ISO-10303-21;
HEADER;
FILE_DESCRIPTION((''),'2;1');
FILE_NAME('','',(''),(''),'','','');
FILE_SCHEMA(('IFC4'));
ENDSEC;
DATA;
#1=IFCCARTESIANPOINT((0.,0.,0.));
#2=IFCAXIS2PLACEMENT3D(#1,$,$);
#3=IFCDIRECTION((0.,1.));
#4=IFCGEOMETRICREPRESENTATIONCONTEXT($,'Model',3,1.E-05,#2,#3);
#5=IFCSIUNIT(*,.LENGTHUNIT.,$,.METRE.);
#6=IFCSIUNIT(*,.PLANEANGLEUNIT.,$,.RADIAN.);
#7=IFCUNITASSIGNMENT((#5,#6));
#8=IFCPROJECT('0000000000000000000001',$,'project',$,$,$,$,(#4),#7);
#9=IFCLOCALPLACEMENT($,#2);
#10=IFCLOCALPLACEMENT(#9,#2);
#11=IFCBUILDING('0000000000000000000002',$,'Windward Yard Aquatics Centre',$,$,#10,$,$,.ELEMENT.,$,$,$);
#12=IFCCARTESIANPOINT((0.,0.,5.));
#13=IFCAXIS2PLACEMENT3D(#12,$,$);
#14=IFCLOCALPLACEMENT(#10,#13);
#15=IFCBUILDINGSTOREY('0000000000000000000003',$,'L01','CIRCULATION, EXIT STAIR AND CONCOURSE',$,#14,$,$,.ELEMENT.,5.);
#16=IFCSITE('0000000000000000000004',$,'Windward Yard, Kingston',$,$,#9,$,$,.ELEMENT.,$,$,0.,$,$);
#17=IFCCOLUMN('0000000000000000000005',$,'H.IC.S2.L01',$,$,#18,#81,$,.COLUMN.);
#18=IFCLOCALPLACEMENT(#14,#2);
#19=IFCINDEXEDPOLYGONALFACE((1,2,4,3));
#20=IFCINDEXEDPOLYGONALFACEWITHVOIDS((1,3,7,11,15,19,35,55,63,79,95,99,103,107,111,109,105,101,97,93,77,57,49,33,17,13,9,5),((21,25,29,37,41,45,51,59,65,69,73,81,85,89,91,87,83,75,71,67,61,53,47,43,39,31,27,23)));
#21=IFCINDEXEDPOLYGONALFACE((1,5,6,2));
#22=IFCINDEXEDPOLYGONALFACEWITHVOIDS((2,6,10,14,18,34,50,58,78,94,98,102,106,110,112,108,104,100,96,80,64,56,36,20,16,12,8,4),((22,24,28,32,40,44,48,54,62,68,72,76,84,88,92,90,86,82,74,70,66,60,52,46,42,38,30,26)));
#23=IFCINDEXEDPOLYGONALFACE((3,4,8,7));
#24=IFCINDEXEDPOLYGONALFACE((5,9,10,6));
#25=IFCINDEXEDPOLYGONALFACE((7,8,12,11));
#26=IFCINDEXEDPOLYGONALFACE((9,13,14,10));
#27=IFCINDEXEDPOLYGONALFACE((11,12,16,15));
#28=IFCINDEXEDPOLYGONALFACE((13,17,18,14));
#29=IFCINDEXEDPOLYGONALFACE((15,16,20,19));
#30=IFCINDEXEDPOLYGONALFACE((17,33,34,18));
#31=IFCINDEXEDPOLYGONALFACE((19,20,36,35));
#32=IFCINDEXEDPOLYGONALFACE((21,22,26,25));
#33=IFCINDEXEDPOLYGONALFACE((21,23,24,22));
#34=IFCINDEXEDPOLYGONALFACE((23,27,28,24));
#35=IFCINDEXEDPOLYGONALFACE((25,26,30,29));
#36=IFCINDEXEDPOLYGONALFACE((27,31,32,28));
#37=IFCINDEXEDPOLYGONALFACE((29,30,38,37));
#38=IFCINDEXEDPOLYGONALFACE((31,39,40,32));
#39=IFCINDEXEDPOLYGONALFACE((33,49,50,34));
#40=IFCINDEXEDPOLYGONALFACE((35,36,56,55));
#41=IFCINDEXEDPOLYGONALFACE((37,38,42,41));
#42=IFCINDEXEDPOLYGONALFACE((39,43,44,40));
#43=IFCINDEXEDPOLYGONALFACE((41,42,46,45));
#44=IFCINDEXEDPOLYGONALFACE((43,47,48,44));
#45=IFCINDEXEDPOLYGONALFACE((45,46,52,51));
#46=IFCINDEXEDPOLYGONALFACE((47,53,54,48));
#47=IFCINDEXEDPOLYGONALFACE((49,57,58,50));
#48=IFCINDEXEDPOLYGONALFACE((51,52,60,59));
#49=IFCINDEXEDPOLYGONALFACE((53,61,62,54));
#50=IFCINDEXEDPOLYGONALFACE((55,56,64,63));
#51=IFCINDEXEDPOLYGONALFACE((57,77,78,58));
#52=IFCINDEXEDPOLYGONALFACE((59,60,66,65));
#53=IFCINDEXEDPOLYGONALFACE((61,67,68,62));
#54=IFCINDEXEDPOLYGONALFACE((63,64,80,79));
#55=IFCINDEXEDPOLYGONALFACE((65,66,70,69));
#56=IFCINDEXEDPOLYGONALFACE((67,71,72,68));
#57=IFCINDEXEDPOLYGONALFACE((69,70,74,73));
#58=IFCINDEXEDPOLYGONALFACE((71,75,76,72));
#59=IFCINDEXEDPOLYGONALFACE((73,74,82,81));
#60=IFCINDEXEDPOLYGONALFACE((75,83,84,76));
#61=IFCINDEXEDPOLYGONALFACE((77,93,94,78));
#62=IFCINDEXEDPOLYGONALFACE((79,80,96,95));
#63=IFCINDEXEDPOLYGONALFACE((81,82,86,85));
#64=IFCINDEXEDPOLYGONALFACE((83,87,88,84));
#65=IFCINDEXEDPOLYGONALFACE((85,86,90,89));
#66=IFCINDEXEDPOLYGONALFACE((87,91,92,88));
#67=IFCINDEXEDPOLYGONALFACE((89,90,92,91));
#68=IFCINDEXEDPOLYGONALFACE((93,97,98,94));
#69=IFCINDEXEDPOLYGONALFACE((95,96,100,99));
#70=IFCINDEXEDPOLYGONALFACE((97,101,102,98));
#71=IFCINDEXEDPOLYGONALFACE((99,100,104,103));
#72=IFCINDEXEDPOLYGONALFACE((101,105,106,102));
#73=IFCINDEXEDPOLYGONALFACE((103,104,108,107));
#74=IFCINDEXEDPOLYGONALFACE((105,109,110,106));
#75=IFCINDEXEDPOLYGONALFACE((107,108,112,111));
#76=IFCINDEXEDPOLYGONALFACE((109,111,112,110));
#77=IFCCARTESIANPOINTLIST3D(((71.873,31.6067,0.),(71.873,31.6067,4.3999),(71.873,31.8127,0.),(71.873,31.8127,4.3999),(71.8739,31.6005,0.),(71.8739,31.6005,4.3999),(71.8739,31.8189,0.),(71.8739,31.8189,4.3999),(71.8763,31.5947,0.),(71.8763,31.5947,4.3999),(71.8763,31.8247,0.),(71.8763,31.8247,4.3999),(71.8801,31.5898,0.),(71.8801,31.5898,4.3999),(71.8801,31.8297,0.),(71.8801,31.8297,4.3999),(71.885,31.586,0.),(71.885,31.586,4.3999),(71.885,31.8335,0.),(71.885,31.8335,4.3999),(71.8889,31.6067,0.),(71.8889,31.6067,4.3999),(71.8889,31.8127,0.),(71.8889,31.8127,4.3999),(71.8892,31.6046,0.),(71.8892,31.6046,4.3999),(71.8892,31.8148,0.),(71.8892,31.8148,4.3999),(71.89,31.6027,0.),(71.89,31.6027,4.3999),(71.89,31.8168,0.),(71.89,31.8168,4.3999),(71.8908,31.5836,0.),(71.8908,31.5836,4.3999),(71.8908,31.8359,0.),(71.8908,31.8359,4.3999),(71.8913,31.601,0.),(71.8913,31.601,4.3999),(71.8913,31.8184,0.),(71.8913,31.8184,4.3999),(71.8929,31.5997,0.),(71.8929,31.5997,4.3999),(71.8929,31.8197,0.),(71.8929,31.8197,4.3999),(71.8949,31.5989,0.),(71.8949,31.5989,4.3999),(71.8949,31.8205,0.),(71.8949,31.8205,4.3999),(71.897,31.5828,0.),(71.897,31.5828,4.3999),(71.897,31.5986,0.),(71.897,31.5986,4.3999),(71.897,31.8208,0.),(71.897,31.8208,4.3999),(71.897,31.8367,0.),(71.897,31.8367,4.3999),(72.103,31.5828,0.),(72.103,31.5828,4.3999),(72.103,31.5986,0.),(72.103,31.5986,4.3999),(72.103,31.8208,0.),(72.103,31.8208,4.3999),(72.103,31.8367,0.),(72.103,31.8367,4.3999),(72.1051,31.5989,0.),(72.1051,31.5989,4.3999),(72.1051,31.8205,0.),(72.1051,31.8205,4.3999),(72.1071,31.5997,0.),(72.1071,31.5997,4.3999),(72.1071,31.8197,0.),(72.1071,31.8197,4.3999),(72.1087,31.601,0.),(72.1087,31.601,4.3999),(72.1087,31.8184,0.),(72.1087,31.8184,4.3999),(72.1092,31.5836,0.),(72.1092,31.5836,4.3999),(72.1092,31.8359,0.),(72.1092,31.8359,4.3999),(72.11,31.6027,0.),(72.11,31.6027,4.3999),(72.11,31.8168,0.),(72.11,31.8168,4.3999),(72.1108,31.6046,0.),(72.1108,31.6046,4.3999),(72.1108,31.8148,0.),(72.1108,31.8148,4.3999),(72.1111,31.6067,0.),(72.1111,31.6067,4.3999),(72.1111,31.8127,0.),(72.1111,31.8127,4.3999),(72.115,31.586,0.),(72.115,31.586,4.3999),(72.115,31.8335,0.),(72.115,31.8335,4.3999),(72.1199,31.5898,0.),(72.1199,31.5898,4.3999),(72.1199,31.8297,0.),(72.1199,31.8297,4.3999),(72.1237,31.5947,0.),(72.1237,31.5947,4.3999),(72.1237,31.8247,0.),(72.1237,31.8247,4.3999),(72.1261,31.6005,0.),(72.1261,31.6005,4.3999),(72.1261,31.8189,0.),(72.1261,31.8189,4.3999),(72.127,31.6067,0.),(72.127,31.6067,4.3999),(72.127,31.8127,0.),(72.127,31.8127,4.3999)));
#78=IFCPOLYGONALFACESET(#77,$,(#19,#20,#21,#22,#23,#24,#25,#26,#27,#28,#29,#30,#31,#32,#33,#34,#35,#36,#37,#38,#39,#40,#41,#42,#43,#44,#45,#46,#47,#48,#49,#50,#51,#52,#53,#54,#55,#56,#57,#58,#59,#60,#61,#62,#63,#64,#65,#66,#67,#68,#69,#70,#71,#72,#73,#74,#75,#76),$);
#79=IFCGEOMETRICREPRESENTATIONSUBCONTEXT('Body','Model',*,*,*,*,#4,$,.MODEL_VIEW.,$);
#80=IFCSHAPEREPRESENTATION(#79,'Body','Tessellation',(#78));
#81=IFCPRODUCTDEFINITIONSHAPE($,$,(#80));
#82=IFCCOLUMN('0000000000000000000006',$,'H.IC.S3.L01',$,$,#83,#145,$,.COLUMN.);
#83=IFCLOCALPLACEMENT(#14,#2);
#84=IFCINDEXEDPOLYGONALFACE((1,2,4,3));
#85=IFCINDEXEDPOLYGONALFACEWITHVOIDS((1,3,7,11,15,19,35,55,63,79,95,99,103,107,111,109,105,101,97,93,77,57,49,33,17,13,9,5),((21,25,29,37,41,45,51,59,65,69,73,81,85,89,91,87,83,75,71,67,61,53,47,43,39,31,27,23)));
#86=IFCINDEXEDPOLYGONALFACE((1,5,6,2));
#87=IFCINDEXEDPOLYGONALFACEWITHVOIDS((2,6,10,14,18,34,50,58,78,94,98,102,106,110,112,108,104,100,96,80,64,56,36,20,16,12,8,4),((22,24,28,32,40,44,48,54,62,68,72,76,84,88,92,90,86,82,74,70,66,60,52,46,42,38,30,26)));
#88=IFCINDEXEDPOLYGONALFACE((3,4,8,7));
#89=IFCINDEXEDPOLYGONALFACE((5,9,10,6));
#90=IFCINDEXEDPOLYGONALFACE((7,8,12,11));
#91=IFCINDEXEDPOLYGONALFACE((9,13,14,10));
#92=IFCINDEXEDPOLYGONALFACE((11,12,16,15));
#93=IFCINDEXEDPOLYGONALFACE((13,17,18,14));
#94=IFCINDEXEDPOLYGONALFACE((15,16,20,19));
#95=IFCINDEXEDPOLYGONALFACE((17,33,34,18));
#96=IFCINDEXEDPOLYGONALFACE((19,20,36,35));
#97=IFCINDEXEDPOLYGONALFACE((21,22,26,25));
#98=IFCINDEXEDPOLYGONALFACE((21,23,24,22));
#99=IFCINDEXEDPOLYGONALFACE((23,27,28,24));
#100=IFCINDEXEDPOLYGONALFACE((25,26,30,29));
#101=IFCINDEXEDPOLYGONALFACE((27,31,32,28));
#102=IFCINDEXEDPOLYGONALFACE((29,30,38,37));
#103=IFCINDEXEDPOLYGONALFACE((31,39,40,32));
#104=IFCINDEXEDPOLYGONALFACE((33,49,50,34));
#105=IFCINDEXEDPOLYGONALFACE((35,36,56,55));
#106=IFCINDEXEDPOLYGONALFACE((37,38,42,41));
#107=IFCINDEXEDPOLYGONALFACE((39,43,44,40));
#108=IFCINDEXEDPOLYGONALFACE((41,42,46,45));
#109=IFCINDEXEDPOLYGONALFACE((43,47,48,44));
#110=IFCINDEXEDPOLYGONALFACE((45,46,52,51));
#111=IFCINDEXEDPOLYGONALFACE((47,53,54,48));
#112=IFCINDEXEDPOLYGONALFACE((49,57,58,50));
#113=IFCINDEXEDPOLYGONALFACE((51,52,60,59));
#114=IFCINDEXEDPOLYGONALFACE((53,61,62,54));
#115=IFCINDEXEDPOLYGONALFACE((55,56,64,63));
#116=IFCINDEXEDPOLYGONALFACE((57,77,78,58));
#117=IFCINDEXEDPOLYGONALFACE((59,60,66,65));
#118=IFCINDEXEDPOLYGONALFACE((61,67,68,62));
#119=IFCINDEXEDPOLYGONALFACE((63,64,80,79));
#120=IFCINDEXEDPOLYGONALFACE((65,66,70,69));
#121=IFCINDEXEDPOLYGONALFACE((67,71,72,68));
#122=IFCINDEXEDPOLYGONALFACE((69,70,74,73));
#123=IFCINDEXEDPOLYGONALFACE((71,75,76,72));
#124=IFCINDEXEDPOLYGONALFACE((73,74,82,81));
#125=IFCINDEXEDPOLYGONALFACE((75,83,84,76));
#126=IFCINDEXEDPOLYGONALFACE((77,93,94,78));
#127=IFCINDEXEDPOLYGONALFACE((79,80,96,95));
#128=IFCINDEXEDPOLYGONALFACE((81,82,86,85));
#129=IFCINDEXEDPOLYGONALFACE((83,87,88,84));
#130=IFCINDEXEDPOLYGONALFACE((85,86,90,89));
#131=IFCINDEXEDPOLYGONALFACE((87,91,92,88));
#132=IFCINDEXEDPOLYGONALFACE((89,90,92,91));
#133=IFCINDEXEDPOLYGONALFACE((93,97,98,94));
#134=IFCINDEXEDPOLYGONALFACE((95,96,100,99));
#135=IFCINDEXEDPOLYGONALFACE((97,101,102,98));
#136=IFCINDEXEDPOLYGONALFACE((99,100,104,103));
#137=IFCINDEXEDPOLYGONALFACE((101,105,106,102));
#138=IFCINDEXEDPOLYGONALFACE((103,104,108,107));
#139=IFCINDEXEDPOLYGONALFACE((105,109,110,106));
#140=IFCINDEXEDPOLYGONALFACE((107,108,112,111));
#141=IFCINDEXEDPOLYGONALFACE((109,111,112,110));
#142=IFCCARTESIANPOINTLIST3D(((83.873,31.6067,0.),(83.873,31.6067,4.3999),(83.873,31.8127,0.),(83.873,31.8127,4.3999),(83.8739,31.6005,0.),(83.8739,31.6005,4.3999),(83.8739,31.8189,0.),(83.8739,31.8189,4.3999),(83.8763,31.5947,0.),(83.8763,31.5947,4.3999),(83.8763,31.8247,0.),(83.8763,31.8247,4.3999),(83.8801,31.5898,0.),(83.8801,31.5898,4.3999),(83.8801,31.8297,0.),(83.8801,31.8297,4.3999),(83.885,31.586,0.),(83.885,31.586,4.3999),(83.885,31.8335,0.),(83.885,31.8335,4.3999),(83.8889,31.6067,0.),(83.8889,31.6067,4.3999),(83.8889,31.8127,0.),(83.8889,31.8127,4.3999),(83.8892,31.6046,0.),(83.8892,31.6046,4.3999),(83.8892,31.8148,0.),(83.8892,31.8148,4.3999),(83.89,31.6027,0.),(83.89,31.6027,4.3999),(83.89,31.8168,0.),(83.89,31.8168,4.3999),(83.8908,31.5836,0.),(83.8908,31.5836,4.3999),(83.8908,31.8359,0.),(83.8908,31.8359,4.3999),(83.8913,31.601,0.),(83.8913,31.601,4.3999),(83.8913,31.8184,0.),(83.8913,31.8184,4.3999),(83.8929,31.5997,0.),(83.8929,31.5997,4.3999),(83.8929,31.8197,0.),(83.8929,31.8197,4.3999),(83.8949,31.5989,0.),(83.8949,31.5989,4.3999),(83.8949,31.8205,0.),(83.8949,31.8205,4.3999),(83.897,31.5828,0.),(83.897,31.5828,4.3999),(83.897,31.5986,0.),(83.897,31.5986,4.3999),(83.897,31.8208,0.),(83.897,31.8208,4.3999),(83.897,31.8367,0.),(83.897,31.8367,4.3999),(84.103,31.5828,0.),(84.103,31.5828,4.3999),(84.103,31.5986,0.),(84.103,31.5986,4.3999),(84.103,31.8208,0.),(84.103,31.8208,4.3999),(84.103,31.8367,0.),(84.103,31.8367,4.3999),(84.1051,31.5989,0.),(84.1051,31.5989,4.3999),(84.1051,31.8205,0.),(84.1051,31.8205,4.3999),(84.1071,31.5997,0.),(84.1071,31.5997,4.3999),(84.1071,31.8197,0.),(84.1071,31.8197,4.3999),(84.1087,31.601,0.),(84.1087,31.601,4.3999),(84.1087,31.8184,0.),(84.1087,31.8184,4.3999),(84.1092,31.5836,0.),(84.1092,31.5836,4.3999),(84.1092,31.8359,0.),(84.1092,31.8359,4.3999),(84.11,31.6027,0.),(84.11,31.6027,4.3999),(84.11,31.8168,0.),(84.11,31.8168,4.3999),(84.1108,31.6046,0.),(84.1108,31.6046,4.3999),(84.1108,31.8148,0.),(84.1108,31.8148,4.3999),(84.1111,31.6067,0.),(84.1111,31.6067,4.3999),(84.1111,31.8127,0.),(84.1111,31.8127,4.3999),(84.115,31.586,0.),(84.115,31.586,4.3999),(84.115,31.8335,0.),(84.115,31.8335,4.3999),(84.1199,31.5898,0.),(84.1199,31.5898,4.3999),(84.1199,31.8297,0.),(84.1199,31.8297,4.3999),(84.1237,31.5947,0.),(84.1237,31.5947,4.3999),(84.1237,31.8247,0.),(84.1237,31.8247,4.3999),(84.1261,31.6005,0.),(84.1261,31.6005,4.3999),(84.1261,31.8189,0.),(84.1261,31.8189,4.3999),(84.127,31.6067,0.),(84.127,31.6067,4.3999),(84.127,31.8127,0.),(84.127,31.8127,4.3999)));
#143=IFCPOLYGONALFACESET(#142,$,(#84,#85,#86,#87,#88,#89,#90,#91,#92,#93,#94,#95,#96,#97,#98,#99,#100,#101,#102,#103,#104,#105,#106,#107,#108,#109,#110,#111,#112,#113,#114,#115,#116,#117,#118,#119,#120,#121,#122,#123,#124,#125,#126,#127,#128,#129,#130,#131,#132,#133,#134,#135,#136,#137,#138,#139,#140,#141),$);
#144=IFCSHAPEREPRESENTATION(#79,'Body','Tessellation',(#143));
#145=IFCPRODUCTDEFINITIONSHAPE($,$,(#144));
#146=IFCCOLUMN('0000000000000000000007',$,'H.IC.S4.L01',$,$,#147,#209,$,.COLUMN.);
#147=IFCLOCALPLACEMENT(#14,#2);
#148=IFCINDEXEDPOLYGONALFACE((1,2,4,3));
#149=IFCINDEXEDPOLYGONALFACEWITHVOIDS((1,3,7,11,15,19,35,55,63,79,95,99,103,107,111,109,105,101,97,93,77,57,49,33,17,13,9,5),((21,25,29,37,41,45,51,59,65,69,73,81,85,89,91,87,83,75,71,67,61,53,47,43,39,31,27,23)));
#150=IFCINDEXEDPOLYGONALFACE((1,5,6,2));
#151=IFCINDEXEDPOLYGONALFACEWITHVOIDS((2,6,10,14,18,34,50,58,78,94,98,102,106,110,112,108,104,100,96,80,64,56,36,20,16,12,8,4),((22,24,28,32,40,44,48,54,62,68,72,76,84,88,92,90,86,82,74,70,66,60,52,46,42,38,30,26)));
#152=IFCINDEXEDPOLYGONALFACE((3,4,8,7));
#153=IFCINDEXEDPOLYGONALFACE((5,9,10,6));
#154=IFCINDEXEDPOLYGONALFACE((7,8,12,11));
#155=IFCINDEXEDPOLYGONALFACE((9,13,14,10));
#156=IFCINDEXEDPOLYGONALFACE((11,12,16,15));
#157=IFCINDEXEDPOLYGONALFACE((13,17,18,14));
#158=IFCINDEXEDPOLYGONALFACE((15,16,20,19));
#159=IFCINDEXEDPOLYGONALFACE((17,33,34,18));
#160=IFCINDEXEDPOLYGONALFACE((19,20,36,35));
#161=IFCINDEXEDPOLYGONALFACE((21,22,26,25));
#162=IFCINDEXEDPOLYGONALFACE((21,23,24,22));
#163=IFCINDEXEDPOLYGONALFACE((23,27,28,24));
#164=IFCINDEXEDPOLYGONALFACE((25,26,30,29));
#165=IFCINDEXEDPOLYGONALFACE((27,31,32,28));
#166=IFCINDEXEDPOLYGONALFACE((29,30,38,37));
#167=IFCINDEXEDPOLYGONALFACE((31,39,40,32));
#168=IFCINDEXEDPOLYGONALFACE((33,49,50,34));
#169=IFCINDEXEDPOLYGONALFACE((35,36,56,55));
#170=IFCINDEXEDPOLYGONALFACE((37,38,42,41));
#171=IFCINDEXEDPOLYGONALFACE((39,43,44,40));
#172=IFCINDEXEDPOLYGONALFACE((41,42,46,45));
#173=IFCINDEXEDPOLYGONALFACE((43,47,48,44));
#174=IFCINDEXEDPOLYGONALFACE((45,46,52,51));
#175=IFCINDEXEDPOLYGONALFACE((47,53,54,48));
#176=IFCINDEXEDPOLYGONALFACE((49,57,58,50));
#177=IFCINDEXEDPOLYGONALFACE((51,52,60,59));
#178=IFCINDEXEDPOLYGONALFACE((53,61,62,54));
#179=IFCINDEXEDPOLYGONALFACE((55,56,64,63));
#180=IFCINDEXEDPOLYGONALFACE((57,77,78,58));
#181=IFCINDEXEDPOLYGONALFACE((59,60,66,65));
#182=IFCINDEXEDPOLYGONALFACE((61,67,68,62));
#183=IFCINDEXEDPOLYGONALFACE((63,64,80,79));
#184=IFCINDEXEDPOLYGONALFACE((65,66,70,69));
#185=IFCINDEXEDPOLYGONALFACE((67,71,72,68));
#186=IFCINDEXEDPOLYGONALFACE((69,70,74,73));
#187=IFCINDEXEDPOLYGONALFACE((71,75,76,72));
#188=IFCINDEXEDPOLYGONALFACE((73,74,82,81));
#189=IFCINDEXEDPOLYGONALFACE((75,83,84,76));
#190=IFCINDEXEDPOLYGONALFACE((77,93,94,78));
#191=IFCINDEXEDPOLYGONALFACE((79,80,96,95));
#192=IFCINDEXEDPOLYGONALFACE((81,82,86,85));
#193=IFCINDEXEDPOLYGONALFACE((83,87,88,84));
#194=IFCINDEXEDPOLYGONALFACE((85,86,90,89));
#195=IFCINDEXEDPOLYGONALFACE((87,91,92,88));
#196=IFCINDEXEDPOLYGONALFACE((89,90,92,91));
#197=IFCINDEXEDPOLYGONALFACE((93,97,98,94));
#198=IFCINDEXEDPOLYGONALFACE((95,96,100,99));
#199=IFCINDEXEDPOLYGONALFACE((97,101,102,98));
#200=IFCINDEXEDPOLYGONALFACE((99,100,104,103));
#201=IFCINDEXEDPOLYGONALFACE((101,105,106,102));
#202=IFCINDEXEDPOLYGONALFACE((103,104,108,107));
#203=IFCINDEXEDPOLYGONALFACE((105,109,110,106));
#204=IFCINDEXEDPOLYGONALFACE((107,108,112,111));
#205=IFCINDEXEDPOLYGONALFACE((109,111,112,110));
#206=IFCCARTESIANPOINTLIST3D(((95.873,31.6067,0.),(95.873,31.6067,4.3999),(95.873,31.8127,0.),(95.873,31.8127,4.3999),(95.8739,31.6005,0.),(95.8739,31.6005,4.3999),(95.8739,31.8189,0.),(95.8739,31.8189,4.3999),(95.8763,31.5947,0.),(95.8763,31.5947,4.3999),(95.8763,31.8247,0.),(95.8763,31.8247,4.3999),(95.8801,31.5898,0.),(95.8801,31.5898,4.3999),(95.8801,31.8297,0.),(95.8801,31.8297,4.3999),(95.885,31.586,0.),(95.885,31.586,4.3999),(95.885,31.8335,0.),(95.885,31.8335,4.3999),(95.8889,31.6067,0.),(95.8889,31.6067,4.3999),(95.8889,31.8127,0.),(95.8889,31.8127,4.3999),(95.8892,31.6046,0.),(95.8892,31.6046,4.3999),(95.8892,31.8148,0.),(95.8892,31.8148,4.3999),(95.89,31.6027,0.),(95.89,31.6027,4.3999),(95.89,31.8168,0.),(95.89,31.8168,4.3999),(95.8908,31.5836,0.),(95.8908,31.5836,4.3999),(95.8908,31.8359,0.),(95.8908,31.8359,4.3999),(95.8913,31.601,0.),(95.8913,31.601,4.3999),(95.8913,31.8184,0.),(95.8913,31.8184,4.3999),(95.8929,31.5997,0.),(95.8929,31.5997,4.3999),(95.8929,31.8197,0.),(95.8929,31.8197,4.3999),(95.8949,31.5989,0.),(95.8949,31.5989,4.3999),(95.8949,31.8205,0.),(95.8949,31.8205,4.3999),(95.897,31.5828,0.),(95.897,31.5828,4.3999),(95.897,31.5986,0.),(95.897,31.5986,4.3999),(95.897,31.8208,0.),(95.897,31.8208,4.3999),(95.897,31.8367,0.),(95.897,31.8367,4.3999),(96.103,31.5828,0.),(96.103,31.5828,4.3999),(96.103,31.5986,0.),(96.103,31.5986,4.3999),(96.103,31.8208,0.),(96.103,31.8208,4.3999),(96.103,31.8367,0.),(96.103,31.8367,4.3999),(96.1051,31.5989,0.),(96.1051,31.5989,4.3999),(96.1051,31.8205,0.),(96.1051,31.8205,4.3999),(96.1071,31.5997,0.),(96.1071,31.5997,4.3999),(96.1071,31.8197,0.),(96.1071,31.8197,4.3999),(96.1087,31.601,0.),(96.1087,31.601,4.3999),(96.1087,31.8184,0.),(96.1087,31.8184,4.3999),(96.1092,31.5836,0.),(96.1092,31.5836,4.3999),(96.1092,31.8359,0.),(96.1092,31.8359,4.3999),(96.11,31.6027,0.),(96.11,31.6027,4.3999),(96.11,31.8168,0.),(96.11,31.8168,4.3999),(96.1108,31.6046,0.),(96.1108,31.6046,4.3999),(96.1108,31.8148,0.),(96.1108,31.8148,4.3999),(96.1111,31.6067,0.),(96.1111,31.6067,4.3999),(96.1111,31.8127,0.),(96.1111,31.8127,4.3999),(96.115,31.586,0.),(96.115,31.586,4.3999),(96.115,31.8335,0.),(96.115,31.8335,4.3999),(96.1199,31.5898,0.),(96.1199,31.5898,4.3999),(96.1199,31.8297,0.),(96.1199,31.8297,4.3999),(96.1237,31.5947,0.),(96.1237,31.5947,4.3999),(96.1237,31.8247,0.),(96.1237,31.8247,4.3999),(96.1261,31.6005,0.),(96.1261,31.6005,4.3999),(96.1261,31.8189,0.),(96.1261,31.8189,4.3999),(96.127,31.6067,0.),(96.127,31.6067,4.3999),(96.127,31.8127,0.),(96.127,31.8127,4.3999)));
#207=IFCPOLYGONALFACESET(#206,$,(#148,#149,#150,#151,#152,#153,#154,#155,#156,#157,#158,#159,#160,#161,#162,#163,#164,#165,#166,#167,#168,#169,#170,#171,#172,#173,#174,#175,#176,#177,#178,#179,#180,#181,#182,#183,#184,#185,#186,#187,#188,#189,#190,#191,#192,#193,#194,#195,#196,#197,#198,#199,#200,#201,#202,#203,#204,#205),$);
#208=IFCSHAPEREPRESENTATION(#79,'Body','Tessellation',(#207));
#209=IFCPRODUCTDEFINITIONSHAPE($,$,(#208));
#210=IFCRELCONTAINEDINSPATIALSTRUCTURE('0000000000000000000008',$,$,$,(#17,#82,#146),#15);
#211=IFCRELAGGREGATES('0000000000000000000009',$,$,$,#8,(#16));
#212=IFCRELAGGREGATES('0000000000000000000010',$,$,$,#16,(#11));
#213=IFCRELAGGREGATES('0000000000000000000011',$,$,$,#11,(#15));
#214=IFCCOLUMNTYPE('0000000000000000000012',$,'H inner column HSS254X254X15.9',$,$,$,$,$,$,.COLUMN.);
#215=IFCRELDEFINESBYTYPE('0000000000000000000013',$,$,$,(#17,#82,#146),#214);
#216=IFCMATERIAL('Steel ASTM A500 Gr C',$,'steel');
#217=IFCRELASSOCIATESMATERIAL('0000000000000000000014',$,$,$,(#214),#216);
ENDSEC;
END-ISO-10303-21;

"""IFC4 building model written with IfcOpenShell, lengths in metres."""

from ifc_helpers import new_model, si_unit, direction, frame, origin, origin_2d, place, context, subcontext, project, spatial, hollow_rectangle, extrude, material, material_profile, profile_set, type_object, element, save


model = new_model("IFC4")

# Units and contexts
model_context = context("Model", 3, precision=1e-05, world=origin(), true_north=direction((0.0, 1.0)))
body_context = subcontext(model_context, "Body", "Model", "MODEL_VIEW")
ifc_project = project(units=[si_unit("LENGTHUNIT", "METRE"), si_unit("PLANEANGLEUNIT", "RADIAN")], contexts=[model_context])

# Site, building, storey
site_placement = place(None, origin())
site = spatial("IfcSite", under=ifc_project, at=site_placement, Name="Windward Yard, Kingston", CompositionType="ELEMENT", RefElevation=0.0)
building_placement = place(site_placement, origin())
building = spatial("IfcBuilding", under=site, at=building_placement, Name="Windward Yard Aquatics Centre", CompositionType="ELEMENT")
storey_placement = place(building_placement, frame((0.0, 0.0, 5.0)))
storey = spatial("IfcBuildingStorey", under=building, at=storey_placement, Name="L01", Description="CIRCULATION, EXIT STAIR AND CONCOURSE", CompositionType="ELEMENT", Elevation=5.0)

# Columns
ifc_material_1 = material(Name="Steel ASTM A500 Gr C", Category="steel")
ifc_material_profile_1 = material_profile(ifc_material_1, hollow_rectangle(XDim=0.2539, YDim=0.2539, WallThickness=0.0159, InnerFilletRadius=0.0081, OuterFilletRadius=0.0239, at=origin_2d()), Name="HSS254X254X15.9")
ifc_profile_set_1 = profile_set([ifc_material_profile_1], Name="Steel ASTM A500 Gr C")
column_type_1 = type_object("IfcColumnType", Name="H inner column HSS254X254X15.9", PredefinedType="COLUMN", material=ifc_profile_set_1)
for number, where, z_axis, x_axis, name in (
    (1, (72.0, 31.7097, 0.0), (0.0, 0.0, 1.0), (1.0, 0.0, 0.0), "H.IC.S2.L01"),
    (2, (84.0, 31.7097, 0.0), (0.0, 0.0, 1.0), (1.0, 0.0, 0.0), "H.IC.S3.L01"),
    (3, (96.0, 31.7097, 0.0), (0.0, 0.0, 1.0), (1.0, 0.0, 0.0), "H.IC.S4.L01"),
):
    element("IfcColumn", number, at=place(storey_placement, frame(where, z_axis=z_axis, x_axis=x_axis)), inside=storey, type_object=column_type_1, Name=name, PredefinedType="COLUMN", context=body_context, shape_type="SweptSolid", body=[
        extrude(hollow_rectangle(XDim=0.2539, YDim=0.2539, WallThickness=0.0159, InnerFilletRadius=0.0081, OuterFilletRadius=0.0239, at=origin_2d()), origin(), (0.0, 0.0, 1.0), 4.3999),
    ])

save(model, "model.ifc")
